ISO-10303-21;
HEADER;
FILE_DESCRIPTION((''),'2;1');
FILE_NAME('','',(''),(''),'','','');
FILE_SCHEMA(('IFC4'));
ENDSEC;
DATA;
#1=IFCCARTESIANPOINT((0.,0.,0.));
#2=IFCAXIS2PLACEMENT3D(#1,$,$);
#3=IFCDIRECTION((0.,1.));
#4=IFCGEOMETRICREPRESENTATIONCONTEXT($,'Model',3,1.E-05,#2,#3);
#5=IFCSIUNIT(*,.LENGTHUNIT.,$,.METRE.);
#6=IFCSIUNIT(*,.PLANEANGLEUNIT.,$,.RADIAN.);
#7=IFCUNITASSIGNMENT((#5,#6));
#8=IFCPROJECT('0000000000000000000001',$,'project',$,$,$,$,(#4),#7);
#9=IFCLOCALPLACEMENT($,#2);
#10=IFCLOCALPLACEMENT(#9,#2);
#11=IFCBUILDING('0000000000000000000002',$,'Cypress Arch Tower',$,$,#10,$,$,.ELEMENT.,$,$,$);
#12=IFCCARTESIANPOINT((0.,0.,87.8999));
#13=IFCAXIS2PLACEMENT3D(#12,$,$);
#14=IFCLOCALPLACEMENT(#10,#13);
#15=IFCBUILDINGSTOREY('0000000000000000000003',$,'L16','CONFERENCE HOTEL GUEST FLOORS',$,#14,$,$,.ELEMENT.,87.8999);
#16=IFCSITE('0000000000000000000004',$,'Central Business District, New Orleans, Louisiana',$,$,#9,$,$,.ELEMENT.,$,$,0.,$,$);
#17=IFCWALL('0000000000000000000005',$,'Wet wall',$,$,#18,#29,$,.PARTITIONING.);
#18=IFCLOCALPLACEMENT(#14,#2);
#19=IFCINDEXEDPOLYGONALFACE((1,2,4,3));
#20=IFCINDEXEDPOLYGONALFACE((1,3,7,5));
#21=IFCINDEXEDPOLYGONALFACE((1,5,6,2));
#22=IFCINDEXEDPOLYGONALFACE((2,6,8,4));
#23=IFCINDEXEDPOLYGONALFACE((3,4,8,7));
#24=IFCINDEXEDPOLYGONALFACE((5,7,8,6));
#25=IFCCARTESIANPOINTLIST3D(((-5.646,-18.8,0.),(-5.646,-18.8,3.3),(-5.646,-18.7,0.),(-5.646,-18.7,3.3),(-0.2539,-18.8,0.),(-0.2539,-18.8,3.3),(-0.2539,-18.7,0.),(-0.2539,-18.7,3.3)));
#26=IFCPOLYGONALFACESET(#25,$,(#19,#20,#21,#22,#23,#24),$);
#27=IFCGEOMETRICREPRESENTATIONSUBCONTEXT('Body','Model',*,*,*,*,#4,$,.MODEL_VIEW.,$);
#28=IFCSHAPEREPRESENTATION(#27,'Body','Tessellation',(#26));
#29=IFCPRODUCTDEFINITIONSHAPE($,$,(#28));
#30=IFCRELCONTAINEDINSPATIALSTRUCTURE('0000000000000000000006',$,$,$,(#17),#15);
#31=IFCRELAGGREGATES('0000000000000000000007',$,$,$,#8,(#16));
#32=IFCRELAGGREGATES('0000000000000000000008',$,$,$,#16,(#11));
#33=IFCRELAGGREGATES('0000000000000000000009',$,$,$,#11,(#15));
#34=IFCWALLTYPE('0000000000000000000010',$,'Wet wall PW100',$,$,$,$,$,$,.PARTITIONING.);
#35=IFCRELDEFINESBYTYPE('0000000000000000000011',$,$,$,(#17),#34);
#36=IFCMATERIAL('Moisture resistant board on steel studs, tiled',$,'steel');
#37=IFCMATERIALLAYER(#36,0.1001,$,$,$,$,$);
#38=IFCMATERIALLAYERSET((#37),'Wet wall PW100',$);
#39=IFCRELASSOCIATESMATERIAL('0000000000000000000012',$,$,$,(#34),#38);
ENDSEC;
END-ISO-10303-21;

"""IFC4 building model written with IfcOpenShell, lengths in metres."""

from ifc_helpers import new_model, si_unit, direction, frame, frame_2d, origin, place, context, subcontext, project, spatial, rectangle, extrude, material, layer, layer_set, type_object, element, save


model = new_model("IFC4")

# Units and contexts
model_context = context("Model", 3, precision=1e-05, world=origin(), true_north=direction((0.0, 1.0)))
body_context = subcontext(model_context, "Body", "Model", "MODEL_VIEW")
ifc_project = project(units=[si_unit("LENGTHUNIT", "METRE"), si_unit("PLANEANGLEUNIT", "RADIAN")], contexts=[model_context])

# Site, building, storey
site_placement = place(None, origin())
site = spatial("IfcSite", under=ifc_project, at=site_placement, Name="Central Business District, New Orleans, Louisiana", CompositionType="ELEMENT", RefElevation=0.0)
building_placement = place(site_placement, origin())
building = spatial("IfcBuilding", under=site, at=building_placement, Name="Cypress Arch Tower", CompositionType="ELEMENT")
storey_placement = place(building_placement, frame((0.0, 0.0, 87.8999)))
storey = spatial("IfcBuildingStorey", under=building, at=storey_placement, Name="L16", Description="CONFERENCE HOTEL GUEST FLOORS", CompositionType="ELEMENT", Elevation=87.8999)

# Wall
ifc_material_1 = material(Name="Moisture resistant board on steel studs, tiled", Category="steel")
ifc_layer_1 = layer(ifc_material_1, 0.1001)
ifc_layer_set_1 = layer_set([ifc_layer_1], Name="Wet wall PW100")
wall_type_1 = type_object("IfcWallType", Name="Wet wall PW100", PredefinedType="PARTITIONING", material=ifc_layer_set_1)
wall_1_placement = place(storey_placement, frame((-5.646, -18.75, 0.0), z_axis=(0.0, 0.0, 1.0), x_axis=(1.0, 0.0, 0.0)))
element("IfcWall", 1, at=wall_1_placement, inside=storey, type_object=wall_type_1, Name="Wet wall", PredefinedType="PARTITIONING", context=body_context, shape_type="SweptSolid", body=[
    extrude(rectangle(XDim=5.3921, YDim=0.1001, at=frame_2d((2.696, 0.0))), origin(), (0.0, 0.0, 1.0), 3.3),
])

save(model, "model.ifc")
